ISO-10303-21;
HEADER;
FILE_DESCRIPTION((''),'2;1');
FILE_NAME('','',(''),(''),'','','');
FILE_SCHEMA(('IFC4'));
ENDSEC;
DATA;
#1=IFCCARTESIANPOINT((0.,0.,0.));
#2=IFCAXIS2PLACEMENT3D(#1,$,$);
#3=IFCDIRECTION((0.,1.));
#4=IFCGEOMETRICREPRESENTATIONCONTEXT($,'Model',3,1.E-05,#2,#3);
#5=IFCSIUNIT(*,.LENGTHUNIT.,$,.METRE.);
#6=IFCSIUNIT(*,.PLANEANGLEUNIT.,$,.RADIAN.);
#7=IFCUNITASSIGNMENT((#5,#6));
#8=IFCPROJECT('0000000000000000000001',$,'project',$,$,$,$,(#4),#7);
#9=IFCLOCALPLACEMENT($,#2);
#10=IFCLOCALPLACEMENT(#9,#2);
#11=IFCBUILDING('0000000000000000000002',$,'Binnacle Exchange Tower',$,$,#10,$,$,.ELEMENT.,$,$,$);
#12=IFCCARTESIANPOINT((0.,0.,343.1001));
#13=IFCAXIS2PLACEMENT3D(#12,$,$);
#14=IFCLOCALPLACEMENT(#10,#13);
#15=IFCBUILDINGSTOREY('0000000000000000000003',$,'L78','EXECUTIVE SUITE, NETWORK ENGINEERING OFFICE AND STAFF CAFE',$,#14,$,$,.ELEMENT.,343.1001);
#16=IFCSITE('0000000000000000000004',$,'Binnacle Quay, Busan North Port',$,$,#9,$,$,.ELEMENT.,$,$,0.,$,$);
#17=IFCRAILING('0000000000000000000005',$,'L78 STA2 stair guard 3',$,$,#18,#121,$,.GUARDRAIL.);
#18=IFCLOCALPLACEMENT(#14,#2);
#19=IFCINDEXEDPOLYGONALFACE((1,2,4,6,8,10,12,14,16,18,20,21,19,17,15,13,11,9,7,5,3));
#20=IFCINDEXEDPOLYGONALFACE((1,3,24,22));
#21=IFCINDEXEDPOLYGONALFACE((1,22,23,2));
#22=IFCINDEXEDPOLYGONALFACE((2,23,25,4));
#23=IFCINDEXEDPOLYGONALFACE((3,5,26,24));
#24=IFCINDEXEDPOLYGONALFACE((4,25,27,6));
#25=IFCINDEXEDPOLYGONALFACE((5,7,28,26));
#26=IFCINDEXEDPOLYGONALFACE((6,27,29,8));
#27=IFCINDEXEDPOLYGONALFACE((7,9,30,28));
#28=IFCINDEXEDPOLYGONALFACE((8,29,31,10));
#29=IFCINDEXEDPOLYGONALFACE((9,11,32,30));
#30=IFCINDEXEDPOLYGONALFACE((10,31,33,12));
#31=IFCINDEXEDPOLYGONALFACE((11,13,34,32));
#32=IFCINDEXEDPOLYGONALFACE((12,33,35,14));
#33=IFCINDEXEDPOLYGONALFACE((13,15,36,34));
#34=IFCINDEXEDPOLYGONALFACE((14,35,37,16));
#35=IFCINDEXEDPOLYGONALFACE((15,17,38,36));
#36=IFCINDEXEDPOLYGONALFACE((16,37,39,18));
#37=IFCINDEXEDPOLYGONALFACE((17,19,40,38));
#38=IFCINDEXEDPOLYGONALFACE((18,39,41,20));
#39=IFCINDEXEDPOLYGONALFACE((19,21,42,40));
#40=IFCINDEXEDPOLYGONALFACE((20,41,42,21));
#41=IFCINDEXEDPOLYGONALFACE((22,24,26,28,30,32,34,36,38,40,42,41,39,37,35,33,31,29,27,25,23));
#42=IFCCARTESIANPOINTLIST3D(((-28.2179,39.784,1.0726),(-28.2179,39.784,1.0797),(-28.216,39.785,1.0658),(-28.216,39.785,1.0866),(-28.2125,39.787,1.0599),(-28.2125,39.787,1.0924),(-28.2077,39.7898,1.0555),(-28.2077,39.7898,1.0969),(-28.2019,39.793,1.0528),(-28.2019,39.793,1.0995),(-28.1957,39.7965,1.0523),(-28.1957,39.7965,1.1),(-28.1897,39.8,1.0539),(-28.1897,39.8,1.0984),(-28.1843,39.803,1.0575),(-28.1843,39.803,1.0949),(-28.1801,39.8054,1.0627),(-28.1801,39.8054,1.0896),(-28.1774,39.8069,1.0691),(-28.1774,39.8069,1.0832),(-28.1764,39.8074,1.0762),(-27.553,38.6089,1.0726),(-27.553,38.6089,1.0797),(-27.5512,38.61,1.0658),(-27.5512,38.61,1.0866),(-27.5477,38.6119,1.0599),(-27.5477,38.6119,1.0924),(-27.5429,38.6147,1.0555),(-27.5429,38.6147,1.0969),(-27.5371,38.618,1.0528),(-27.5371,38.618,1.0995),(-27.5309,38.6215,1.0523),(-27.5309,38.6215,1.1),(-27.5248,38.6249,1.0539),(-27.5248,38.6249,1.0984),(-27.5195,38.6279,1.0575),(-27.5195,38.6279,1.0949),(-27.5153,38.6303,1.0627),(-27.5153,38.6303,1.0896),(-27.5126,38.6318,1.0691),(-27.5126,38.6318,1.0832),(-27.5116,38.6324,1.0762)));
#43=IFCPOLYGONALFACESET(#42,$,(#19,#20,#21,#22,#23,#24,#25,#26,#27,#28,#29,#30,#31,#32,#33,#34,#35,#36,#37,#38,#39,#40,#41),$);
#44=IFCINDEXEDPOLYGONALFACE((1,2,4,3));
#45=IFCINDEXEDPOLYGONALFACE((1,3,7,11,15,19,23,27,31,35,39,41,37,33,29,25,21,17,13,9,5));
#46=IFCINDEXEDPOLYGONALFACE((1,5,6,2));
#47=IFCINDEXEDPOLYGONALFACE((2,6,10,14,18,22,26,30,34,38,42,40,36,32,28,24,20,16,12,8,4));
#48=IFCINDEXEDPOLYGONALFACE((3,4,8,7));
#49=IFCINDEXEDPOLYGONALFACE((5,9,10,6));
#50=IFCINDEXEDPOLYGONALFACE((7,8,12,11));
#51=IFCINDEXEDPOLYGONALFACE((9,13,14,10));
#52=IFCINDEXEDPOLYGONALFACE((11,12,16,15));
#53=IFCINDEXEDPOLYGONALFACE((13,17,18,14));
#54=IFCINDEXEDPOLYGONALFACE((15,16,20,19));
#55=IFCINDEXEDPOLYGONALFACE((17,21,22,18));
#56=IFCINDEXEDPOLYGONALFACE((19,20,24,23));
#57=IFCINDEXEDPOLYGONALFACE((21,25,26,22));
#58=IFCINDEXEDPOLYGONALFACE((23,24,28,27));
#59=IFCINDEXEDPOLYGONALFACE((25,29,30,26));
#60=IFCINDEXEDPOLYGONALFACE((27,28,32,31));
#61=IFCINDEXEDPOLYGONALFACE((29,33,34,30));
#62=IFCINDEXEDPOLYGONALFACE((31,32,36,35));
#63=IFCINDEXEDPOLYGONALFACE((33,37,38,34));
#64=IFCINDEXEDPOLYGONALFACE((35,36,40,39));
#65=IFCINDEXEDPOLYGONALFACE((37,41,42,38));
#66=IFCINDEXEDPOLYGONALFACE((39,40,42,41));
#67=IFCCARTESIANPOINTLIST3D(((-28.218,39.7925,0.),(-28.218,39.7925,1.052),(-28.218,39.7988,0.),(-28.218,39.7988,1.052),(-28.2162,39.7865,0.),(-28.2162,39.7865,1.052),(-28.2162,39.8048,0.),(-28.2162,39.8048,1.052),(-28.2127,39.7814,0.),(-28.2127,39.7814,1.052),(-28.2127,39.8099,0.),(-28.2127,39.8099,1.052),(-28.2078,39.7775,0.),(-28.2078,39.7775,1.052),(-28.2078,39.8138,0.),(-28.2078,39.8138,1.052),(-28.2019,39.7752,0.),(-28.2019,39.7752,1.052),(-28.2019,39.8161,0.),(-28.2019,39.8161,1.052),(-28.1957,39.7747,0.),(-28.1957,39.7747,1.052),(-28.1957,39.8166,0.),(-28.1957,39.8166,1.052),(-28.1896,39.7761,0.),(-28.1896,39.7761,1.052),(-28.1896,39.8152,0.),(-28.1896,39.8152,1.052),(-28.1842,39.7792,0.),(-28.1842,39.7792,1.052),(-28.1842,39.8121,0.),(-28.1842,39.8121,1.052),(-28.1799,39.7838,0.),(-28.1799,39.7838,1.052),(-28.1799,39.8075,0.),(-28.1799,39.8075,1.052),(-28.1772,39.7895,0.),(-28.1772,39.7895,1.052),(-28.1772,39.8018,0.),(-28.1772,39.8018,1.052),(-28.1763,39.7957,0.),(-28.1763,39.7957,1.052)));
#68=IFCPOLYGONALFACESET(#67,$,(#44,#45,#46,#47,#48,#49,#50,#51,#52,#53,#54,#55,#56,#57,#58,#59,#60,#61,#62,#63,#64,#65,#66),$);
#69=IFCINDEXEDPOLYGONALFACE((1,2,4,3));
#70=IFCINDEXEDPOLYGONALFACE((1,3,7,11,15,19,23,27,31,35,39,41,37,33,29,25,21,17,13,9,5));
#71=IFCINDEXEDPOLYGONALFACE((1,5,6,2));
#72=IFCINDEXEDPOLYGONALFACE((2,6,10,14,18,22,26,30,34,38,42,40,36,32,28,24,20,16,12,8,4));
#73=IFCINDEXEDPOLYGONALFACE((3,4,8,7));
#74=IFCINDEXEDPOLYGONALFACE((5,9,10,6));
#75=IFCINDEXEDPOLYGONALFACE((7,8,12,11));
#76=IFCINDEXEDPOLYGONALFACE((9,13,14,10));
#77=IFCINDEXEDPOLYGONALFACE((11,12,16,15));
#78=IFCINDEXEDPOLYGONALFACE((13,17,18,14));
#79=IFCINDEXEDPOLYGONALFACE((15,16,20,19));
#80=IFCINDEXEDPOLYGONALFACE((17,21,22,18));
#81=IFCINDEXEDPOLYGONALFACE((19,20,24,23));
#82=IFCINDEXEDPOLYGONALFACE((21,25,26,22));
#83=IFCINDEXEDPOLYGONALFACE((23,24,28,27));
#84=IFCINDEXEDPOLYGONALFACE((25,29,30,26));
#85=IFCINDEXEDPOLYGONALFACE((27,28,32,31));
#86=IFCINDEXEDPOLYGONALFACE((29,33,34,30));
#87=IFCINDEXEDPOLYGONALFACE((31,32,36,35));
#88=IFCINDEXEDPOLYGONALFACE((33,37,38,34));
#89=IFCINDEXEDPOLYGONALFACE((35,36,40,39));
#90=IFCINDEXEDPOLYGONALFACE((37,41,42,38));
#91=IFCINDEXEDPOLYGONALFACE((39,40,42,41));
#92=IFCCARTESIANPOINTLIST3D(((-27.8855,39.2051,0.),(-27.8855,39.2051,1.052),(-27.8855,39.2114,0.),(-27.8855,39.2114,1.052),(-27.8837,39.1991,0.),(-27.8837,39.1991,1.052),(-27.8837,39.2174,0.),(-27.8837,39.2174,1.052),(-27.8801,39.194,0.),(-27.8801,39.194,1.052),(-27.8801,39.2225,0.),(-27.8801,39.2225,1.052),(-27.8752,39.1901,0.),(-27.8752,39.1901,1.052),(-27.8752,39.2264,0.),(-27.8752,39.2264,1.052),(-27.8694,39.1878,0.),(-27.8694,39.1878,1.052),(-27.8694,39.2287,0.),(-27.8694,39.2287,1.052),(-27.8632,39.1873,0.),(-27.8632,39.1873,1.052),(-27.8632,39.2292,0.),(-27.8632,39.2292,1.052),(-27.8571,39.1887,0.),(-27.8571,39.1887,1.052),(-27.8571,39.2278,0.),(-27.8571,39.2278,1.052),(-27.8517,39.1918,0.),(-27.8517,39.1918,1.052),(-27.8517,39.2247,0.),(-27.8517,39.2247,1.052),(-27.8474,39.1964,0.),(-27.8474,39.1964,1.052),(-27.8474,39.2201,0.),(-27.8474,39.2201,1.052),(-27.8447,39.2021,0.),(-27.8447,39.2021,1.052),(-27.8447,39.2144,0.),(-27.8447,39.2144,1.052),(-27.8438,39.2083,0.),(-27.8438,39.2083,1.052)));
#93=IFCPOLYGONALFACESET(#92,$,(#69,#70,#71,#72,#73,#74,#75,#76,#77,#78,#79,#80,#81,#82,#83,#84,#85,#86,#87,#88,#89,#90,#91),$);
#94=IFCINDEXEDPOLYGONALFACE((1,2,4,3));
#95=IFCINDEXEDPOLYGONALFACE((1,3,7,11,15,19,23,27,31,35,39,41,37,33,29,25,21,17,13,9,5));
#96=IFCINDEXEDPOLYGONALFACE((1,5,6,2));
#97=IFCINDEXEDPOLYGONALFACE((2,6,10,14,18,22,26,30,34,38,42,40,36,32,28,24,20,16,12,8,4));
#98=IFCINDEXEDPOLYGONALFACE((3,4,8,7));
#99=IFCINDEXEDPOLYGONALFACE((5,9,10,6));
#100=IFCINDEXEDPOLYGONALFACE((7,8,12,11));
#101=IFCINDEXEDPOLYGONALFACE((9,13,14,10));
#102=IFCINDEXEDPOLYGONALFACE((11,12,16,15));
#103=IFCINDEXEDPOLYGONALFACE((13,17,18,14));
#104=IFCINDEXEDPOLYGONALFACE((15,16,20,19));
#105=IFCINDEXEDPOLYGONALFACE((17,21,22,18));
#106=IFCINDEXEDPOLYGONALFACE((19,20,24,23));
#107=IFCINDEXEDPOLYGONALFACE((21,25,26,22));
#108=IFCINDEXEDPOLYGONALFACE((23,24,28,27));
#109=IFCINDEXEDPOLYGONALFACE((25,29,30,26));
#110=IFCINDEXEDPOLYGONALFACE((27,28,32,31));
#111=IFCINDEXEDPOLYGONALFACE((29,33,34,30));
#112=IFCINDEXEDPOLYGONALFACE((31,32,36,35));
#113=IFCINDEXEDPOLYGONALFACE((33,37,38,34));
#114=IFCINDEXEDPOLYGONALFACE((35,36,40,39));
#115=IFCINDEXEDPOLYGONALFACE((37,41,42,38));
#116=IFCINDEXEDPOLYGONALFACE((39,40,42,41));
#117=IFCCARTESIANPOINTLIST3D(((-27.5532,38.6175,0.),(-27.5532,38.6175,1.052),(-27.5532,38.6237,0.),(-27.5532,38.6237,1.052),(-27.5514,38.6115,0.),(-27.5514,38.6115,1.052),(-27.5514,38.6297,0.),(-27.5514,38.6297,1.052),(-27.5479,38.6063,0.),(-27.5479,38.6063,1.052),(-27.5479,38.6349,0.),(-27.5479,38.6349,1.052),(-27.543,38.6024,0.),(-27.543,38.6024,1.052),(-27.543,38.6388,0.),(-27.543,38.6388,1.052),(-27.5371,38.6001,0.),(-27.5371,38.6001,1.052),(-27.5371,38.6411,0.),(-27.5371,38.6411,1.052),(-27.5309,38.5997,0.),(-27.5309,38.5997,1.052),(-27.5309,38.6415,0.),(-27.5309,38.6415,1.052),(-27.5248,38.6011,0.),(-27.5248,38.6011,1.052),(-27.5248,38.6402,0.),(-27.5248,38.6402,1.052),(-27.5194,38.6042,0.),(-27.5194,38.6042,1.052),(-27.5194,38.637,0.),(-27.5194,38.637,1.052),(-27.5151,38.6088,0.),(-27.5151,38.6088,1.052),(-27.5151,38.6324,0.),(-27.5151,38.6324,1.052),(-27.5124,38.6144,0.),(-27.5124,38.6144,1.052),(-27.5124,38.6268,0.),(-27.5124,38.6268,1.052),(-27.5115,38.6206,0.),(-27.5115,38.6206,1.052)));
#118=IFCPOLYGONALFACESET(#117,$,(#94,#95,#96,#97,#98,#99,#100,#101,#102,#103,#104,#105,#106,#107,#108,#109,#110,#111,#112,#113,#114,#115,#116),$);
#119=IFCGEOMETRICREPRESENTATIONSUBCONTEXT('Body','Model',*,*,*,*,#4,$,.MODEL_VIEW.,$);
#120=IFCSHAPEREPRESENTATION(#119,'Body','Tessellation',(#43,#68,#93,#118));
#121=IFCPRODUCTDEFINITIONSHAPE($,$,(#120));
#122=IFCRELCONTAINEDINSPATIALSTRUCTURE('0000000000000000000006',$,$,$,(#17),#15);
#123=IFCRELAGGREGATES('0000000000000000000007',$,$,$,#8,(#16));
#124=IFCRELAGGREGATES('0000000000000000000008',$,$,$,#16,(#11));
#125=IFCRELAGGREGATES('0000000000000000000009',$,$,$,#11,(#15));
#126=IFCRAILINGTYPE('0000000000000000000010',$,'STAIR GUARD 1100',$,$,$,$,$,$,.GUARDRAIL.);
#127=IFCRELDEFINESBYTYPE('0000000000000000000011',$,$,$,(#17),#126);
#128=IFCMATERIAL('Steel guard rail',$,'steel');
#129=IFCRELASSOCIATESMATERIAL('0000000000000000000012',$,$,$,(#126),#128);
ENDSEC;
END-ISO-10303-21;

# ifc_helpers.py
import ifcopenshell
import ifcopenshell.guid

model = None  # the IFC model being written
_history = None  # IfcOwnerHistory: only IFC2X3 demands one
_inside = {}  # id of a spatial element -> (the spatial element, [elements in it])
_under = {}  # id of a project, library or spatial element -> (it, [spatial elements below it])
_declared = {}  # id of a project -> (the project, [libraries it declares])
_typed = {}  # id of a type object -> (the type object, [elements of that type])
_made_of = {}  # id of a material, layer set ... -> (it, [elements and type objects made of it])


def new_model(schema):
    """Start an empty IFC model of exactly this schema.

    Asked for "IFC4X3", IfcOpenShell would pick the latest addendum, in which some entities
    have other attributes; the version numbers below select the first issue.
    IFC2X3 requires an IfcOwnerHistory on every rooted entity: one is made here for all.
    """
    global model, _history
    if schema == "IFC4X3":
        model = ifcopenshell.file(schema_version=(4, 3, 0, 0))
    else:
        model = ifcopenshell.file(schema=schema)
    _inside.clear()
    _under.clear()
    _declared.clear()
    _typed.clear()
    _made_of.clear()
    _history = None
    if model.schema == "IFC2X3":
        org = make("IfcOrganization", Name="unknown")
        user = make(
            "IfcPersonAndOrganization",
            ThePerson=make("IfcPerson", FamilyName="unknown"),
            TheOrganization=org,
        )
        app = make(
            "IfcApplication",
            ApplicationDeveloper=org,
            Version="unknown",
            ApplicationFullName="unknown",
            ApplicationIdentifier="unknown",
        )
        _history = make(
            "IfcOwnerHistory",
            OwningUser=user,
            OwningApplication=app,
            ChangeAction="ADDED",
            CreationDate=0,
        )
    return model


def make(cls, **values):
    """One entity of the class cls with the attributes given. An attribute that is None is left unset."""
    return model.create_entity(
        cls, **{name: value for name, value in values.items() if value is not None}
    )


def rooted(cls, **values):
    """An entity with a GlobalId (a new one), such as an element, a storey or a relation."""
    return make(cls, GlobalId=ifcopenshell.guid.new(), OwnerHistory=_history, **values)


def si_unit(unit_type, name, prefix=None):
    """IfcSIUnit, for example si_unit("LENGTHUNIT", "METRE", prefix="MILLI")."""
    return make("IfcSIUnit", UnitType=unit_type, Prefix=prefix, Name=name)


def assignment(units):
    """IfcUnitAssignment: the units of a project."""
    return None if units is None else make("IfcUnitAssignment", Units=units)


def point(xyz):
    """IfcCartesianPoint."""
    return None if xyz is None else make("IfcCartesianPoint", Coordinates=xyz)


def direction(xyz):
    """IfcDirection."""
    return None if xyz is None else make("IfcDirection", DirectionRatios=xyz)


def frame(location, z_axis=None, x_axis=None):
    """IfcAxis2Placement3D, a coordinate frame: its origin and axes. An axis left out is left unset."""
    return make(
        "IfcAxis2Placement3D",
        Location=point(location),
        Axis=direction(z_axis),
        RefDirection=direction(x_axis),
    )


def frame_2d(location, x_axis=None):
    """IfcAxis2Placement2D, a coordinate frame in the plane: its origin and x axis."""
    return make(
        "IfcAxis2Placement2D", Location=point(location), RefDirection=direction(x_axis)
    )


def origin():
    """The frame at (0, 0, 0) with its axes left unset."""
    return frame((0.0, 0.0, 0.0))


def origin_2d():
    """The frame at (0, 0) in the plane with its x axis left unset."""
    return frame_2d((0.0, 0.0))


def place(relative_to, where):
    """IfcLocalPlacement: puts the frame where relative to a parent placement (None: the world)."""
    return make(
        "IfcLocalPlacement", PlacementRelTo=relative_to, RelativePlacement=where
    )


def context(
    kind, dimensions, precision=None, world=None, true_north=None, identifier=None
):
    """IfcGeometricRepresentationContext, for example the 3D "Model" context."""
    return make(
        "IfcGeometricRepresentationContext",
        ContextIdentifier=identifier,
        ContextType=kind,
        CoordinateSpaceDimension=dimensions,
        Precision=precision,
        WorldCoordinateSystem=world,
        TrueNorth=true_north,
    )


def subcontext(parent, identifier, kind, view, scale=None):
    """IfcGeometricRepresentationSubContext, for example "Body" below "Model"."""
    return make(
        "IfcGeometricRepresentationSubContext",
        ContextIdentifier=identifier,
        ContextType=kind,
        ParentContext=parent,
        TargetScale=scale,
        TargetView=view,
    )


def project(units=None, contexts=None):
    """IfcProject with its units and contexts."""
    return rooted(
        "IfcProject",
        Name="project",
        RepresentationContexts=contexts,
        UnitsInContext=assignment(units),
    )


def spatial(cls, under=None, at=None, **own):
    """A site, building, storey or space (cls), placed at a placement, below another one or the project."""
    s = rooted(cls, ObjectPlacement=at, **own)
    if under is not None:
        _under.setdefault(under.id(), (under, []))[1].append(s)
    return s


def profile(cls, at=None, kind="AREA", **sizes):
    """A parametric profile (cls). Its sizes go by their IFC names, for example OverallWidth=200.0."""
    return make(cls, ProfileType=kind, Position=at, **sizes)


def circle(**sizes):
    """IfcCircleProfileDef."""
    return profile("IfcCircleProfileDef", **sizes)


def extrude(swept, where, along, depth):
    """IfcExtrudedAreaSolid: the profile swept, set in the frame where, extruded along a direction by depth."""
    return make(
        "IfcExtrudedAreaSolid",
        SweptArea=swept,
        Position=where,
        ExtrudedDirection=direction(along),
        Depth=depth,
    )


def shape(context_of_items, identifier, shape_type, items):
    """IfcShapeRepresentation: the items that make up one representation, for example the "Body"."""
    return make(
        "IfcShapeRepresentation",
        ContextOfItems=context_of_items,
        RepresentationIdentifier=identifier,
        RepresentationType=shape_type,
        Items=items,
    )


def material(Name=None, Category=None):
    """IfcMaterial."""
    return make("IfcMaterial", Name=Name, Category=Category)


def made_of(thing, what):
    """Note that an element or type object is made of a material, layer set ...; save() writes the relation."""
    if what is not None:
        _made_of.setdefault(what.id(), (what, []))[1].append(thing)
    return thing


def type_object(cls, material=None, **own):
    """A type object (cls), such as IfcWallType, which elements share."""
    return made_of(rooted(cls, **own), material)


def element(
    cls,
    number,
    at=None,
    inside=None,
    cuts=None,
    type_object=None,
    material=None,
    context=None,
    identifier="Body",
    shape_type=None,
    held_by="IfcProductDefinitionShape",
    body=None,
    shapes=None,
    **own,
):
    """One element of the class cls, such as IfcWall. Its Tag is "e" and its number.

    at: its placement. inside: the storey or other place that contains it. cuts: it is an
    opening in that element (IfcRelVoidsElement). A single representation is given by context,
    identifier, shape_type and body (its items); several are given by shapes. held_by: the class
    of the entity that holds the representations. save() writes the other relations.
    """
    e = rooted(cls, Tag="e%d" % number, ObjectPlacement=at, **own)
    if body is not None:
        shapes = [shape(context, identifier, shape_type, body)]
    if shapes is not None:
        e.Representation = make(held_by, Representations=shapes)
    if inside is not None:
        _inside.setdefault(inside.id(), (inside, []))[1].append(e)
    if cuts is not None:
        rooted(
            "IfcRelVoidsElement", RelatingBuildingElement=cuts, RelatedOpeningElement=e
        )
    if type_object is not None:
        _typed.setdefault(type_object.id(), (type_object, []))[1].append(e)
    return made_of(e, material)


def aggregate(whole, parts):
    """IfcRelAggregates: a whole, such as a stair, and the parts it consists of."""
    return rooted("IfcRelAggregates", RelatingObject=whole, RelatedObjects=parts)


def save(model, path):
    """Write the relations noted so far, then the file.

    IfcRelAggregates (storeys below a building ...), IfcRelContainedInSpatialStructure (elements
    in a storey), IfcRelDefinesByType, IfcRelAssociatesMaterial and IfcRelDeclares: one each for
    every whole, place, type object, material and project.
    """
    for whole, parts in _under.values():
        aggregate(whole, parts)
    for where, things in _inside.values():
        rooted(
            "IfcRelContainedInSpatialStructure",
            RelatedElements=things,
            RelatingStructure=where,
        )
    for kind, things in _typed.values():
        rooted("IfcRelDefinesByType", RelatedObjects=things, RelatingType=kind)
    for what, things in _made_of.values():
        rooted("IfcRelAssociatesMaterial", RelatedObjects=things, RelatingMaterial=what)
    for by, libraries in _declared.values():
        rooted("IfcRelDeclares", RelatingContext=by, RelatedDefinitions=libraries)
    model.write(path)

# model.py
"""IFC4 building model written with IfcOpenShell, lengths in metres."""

from ifc_helpers import new_model, si_unit, direction, frame, origin, origin_2d, place, context, subcontext, project, spatial, circle, extrude, material, type_object, element, save


model = new_model("IFC4")

# Units and contexts
model_context = context("Model", 3, precision=1e-05, world=origin(), true_north=direction((0.0, 1.0)))
body_context = subcontext(model_context, "Body", "Model", "MODEL_VIEW")
ifc_project = project(units=[si_unit("LENGTHUNIT", "METRE"), si_unit("PLANEANGLEUNIT", "RADIAN")], contexts=[model_context])

# Site, building, storey
site_placement = place(None, origin())
site = spatial("IfcSite", under=ifc_project, at=site_placement, Name="Binnacle Quay, Busan North Port", CompositionType="ELEMENT", RefElevation=0.0)
building_placement = place(site_placement, origin())
building = spatial("IfcBuilding", under=site, at=building_placement, Name="Binnacle Exchange Tower", CompositionType="ELEMENT")
storey_placement = place(building_placement, frame((0.0, 0.0, 343.1001)))
storey = spatial("IfcBuildingStorey", under=building, at=storey_placement, Name="L78", Description="EXECUTIVE SUITE, NETWORK ENGINEERING OFFICE AND STAFF CAFE", CompositionType="ELEMENT", Elevation=343.1001)

# Railing
ifc_material_1 = material(Name="Steel guard rail", Category="steel")
railing_type_1 = type_object("IfcRailingType", Name="STAIR GUARD 1100", PredefinedType="GUARDRAIL", material=ifc_material_1)
railing_1_placement = place(storey_placement, frame((-28.1973, 39.7957, 0.0)))
element("IfcRailing", 1, at=railing_1_placement, inside=storey, type_object=railing_type_1, Name="L78 STA2 stair guard 3", PredefinedType="GUARDRAIL", context=body_context, shape_type="SweptSolid", body=[
    extrude(circle(Radius=0.0239, at=origin_2d()), frame((0.0, 0.0, 1.0762), z_axis=(0.492415, -0.870361, 0.0), x_axis=(0.870361, 0.492415, 0.0)), (0.0, 0.0, 1.0), 1.3501),
    extrude(circle(Radius=0.021, at=origin_2d()), origin(), (0.0, 0.0, 1.0), 1.052),
    extrude(circle(Radius=0.021, at=origin_2d()), frame((0.3325, -0.5874, 0.0)), (0.0, 0.0, 1.0), 1.052),
    extrude(circle(Radius=0.021, at=origin_2d()), frame((0.6648, -1.175, 0.0)), (0.0, 0.0, 1.0), 1.052),
])

save(model, "model.ifc")
